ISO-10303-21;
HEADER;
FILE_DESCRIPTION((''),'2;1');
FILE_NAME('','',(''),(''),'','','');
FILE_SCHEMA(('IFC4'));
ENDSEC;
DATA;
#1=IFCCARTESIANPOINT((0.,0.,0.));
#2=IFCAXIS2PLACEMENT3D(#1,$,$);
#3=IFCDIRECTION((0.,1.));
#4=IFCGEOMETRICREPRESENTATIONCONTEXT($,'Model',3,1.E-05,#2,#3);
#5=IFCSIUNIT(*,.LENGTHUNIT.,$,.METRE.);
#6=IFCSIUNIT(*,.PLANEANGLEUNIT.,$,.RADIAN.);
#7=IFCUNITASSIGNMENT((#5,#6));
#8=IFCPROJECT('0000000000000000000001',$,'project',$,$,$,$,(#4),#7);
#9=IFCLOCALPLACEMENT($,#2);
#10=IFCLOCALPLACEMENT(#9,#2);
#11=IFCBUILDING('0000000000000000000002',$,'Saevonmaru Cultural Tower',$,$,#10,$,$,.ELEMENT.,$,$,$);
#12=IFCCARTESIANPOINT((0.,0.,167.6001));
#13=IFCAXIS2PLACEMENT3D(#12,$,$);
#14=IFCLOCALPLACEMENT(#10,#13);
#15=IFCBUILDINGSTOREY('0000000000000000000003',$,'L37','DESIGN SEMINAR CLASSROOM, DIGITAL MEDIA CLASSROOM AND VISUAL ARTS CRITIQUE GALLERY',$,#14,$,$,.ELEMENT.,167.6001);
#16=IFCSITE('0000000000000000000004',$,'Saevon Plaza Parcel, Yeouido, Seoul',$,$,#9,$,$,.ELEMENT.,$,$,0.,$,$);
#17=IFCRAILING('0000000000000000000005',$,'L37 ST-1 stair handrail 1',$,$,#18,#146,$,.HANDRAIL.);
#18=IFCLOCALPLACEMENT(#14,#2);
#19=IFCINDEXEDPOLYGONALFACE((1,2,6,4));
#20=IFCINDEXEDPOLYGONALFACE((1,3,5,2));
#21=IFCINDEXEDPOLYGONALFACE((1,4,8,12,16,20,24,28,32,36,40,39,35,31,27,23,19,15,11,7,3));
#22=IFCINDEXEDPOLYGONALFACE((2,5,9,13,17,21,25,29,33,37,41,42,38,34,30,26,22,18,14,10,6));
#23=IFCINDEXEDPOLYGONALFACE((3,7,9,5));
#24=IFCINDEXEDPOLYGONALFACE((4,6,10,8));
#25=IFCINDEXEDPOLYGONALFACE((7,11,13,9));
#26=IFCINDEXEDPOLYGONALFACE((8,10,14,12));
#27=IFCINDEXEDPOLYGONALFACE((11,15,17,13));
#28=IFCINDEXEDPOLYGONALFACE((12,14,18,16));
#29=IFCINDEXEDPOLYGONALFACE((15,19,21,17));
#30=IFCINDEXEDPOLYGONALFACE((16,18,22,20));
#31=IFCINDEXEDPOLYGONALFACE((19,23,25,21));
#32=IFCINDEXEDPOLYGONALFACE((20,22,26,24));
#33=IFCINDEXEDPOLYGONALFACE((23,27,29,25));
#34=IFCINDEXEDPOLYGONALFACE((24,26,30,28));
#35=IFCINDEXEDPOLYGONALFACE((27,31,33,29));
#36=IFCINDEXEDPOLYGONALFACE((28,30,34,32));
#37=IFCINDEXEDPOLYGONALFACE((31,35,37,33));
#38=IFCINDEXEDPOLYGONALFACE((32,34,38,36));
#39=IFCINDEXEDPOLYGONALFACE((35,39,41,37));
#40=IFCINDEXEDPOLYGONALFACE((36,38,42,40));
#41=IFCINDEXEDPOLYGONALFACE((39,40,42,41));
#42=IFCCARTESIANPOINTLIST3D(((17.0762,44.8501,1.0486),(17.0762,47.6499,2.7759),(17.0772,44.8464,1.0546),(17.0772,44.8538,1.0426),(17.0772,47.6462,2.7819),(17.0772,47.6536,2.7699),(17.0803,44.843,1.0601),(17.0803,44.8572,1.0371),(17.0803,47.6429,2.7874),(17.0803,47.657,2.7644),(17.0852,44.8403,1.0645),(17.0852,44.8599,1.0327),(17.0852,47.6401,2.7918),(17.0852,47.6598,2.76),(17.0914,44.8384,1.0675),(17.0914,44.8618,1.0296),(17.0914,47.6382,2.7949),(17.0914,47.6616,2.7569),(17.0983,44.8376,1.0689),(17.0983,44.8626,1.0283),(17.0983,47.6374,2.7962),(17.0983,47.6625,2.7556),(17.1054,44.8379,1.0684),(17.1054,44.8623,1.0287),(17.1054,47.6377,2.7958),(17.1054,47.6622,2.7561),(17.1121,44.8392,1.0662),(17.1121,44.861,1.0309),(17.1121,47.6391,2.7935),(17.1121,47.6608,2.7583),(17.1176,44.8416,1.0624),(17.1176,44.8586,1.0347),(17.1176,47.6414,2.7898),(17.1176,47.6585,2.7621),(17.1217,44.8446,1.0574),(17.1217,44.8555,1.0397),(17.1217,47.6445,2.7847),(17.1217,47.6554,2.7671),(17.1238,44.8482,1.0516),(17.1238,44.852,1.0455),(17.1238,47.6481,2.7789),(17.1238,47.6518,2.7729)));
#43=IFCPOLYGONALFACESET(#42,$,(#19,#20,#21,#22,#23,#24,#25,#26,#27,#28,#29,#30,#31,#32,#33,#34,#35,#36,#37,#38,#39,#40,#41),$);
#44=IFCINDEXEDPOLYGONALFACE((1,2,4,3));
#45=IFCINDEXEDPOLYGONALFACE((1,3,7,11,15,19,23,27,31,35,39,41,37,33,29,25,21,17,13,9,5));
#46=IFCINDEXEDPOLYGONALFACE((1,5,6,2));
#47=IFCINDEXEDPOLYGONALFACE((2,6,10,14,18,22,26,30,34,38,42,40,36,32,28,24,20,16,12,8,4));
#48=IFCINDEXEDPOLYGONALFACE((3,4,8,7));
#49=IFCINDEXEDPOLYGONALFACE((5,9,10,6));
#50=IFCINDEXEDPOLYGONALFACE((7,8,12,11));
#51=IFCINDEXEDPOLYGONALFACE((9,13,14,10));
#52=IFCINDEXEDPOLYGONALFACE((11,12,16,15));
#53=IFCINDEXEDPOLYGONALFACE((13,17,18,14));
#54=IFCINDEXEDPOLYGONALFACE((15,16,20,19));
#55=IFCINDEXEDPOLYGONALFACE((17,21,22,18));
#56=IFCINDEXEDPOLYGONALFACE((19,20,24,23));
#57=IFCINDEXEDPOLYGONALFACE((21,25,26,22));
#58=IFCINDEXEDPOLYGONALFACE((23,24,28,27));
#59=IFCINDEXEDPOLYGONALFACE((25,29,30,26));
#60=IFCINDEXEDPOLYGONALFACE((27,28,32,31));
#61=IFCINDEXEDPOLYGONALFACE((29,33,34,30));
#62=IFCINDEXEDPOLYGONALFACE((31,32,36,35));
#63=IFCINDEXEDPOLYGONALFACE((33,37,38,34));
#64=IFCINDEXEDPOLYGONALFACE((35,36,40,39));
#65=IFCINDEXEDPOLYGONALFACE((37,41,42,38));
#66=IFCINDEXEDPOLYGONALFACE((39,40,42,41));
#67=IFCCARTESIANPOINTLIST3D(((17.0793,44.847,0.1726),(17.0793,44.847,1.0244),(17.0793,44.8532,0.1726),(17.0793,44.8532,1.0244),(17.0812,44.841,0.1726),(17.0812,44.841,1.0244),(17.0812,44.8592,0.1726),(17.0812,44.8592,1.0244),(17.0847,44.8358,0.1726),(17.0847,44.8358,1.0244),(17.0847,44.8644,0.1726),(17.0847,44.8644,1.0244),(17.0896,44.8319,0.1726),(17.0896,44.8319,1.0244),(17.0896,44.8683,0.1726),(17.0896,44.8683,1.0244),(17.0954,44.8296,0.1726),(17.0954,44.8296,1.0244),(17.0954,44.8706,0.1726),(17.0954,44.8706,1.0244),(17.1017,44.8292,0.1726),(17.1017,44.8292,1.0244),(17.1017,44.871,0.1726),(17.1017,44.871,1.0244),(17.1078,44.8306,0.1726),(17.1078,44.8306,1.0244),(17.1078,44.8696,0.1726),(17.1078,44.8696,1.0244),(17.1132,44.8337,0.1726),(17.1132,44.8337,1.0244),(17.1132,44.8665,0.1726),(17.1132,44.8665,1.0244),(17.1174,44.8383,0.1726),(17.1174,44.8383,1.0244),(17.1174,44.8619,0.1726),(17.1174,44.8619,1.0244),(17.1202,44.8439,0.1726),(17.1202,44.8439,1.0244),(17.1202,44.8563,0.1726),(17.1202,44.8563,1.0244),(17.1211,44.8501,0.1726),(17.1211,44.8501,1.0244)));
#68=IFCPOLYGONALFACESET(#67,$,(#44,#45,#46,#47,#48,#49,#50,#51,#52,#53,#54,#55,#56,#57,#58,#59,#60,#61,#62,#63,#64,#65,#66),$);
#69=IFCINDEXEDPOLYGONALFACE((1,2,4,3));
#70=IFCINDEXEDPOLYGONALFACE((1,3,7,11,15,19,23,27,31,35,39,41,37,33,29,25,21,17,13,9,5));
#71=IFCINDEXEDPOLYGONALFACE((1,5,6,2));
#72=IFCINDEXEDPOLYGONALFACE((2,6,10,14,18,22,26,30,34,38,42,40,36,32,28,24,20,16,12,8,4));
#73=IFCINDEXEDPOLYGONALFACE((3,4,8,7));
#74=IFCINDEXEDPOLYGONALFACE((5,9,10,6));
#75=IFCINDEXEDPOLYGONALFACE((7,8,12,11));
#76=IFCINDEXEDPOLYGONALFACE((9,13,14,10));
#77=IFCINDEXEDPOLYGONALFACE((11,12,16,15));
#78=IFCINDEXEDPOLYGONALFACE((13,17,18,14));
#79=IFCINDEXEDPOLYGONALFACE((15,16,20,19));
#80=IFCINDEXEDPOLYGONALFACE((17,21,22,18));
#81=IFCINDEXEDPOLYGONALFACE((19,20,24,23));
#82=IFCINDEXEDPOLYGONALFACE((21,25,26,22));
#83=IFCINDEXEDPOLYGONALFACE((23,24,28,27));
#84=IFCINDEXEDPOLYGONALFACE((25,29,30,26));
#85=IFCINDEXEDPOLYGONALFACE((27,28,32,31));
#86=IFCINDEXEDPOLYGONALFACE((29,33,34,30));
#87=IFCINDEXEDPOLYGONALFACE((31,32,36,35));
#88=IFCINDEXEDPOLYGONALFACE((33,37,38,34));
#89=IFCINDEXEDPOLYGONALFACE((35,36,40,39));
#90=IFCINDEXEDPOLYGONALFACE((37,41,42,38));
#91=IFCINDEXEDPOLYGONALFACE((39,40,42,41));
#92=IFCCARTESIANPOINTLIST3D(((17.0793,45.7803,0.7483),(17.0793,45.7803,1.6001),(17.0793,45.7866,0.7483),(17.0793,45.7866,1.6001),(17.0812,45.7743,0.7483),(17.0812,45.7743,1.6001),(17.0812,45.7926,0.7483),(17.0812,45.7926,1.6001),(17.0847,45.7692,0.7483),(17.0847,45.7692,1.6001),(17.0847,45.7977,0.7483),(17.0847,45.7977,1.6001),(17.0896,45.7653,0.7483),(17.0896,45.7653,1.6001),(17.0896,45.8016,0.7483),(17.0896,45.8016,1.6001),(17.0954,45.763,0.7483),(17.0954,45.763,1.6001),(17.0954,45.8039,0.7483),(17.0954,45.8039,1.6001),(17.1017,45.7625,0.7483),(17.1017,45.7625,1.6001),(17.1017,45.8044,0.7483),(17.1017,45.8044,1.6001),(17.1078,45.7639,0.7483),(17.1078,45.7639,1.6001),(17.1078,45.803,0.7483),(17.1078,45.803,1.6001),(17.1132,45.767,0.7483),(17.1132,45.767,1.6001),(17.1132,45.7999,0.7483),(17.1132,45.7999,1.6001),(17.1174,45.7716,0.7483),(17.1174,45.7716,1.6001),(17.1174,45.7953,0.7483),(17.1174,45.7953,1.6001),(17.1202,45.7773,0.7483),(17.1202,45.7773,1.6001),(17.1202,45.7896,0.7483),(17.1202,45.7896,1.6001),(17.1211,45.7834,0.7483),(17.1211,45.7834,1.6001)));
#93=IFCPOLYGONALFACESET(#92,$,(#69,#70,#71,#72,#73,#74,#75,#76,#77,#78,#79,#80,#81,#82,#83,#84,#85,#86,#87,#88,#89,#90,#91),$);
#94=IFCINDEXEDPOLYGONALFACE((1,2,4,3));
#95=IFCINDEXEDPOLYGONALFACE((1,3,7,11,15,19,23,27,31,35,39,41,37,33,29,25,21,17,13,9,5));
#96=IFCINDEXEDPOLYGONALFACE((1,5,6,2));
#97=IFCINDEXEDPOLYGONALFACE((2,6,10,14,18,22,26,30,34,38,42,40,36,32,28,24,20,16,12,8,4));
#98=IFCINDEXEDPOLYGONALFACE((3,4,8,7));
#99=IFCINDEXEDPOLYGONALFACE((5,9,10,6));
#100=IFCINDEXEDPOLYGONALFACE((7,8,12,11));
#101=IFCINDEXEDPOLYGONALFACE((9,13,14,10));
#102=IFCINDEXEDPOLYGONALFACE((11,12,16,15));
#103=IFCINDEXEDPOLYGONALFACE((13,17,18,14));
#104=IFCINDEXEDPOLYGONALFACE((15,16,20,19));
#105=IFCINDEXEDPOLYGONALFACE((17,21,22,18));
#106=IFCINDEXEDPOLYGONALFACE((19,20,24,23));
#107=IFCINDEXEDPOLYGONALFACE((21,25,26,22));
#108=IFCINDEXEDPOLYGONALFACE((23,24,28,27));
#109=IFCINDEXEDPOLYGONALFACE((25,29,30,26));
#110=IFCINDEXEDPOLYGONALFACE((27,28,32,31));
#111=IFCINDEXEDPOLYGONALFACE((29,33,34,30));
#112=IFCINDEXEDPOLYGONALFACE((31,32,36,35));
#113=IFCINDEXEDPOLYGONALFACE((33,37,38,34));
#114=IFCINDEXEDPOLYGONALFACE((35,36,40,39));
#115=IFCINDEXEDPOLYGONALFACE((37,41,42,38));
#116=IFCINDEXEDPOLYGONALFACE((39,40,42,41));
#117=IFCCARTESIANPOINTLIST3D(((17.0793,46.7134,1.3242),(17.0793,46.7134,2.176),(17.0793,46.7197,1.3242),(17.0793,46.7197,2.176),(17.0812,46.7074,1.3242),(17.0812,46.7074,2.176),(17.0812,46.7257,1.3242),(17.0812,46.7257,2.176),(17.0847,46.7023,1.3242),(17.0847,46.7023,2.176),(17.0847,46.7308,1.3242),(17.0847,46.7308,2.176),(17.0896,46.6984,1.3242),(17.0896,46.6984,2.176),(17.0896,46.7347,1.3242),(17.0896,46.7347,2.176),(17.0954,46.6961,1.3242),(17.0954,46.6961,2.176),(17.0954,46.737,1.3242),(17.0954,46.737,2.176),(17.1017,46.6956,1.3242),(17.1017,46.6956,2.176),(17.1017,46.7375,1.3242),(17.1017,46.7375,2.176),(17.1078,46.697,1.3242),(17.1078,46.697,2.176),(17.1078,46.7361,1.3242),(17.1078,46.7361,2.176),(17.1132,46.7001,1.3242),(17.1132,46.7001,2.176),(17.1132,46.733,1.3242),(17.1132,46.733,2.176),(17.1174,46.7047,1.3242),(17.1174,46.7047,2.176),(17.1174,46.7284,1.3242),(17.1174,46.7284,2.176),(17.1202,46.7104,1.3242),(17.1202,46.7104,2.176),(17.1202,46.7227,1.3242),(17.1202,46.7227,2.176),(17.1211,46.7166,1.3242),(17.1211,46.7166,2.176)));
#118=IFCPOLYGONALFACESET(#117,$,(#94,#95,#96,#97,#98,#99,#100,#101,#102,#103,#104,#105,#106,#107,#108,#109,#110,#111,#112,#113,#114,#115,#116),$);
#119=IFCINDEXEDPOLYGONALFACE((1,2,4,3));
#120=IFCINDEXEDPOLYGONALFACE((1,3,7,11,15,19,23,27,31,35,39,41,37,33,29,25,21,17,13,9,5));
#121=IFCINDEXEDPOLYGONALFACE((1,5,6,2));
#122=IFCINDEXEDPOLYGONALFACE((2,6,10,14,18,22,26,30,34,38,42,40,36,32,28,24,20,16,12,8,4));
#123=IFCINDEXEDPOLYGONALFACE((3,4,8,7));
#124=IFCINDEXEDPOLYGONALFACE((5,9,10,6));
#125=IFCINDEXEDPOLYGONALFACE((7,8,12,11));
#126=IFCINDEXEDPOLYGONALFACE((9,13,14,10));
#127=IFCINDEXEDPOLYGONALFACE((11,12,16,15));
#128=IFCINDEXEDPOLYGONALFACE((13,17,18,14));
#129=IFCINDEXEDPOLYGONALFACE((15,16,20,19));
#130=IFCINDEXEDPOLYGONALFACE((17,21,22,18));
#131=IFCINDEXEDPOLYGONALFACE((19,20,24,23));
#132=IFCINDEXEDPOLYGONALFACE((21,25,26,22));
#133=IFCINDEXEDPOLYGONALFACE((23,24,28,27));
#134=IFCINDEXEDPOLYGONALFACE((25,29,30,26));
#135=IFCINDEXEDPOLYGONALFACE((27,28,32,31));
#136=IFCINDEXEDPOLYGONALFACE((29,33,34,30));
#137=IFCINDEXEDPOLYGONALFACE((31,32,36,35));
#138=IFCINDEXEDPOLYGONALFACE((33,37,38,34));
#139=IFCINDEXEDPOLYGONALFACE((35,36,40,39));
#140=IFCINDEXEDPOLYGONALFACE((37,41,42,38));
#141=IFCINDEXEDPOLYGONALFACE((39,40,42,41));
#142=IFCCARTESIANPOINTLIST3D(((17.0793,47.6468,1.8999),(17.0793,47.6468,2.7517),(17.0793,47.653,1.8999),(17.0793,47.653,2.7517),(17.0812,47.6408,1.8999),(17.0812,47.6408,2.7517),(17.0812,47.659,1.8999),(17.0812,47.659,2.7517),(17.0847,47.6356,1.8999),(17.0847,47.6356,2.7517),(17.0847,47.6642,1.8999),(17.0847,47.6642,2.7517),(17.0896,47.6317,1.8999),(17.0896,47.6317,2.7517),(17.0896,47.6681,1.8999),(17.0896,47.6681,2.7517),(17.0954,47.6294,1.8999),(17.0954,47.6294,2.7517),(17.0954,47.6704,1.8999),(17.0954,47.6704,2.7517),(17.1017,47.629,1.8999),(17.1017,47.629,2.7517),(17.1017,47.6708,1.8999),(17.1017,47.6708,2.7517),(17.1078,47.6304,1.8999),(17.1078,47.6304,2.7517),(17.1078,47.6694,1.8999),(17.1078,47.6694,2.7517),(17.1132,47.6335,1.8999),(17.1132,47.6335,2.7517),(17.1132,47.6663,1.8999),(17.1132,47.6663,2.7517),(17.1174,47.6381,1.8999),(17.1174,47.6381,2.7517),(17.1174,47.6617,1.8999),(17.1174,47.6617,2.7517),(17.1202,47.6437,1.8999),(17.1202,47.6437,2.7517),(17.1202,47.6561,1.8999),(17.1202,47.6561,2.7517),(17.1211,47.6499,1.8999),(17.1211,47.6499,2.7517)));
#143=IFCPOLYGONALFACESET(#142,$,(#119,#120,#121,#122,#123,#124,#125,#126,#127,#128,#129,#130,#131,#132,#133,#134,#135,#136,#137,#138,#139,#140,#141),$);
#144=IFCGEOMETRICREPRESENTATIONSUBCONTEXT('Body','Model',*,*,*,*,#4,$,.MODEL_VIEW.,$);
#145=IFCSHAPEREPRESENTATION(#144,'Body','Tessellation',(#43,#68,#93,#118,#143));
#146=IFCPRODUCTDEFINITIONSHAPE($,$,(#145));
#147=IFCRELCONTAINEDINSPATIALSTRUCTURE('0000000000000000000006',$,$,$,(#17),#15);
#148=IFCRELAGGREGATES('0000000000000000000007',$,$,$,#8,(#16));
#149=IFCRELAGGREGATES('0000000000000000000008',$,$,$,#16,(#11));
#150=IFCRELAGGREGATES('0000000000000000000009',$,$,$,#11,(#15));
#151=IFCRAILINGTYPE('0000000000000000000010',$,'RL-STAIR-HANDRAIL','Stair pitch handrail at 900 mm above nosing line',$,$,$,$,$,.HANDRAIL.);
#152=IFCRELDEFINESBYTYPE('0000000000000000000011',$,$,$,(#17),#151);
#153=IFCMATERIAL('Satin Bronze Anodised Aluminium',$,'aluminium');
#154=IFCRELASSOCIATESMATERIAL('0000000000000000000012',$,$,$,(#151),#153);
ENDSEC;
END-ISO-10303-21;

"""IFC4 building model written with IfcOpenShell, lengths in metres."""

from ifc_helpers import new_model, si_unit, direction, frame, origin, origin_2d, place, context, subcontext, project, spatial, circle, extrude, material, type_object, element, save


model = new_model("IFC4")

# Units and contexts
model_context = context("Model", 3, precision=1e-05, world=origin(), true_north=direction((0.0, 1.0)))
body_context = subcontext(model_context, "Body", "Model", "MODEL_VIEW")
ifc_project = project(units=[si_unit("LENGTHUNIT", "METRE"), si_unit("PLANEANGLEUNIT", "RADIAN")], contexts=[model_context])

# Site, building, storey
site_placement = place(None, origin())
site = spatial("IfcSite", under=ifc_project, at=site_placement, Name="Saevon Plaza Parcel, Yeouido, Seoul", CompositionType="ELEMENT", RefElevation=0.0)
building_placement = place(site_placement, origin())
building = spatial("IfcBuilding", under=site, at=building_placement, Name="Saevonmaru Cultural Tower", CompositionType="ELEMENT")
storey_placement = place(building_placement, frame((0.0, 0.0, 167.6001)))
storey = spatial("IfcBuildingStorey", under=building, at=storey_placement, Name="L37", Description="DESIGN SEMINAR CLASSROOM, DIGITAL MEDIA CLASSROOM AND VISUAL ARTS CRITIQUE GALLERY", CompositionType="ELEMENT", Elevation=167.6001)

# Shared definitions
ifc_material_1 = material(Name="Satin Bronze Anodised Aluminium", Category="aluminium")

# Railing
railing_type_1 = type_object("IfcRailingType", Name="RL-STAIR-HANDRAIL", Description="Stair pitch handrail at 900 mm above nosing line", PredefinedType="HANDRAIL", material=ifc_material_1)
railing_1_placement = place(storey_placement, frame((17.1001, 44.8501, 0.1726)))
element("IfcRailing", 1, at=railing_1_placement, inside=storey, type_object=railing_type_1, Name="L37 ST-1 stair handrail 1", PredefinedType="HANDRAIL", context=body_context, shape_type="SweptSolid", body=[
    extrude(circle(Radius=0.0239, at=origin_2d()), frame((0.0, 0.0, 0.876), z_axis=(0.0, 0.851069, 0.525054), x_axis=(-1.0, 0.0, 0.0)), (0.0, 0.0, 1.0), 3.2898),
    extrude(circle(Radius=0.021, at=origin_2d()), origin(), (0.0, 0.0, 1.0), 0.8518),
    extrude(circle(Radius=0.021, at=origin_2d()), frame((0.0, 0.9333, 0.5757)), (0.0, 0.0, 1.0), 0.8518),
    extrude(circle(Radius=0.021, at=origin_2d()), frame((0.0, 1.8665, 1.1516)), (0.0, 0.0, 1.0), 0.8518),
    extrude(circle(Radius=0.021, at=origin_2d()), frame((0.0, 2.7998, 1.7273)), (0.0, 0.0, 1.0), 0.8518),
])

save(model, "model.ifc")
